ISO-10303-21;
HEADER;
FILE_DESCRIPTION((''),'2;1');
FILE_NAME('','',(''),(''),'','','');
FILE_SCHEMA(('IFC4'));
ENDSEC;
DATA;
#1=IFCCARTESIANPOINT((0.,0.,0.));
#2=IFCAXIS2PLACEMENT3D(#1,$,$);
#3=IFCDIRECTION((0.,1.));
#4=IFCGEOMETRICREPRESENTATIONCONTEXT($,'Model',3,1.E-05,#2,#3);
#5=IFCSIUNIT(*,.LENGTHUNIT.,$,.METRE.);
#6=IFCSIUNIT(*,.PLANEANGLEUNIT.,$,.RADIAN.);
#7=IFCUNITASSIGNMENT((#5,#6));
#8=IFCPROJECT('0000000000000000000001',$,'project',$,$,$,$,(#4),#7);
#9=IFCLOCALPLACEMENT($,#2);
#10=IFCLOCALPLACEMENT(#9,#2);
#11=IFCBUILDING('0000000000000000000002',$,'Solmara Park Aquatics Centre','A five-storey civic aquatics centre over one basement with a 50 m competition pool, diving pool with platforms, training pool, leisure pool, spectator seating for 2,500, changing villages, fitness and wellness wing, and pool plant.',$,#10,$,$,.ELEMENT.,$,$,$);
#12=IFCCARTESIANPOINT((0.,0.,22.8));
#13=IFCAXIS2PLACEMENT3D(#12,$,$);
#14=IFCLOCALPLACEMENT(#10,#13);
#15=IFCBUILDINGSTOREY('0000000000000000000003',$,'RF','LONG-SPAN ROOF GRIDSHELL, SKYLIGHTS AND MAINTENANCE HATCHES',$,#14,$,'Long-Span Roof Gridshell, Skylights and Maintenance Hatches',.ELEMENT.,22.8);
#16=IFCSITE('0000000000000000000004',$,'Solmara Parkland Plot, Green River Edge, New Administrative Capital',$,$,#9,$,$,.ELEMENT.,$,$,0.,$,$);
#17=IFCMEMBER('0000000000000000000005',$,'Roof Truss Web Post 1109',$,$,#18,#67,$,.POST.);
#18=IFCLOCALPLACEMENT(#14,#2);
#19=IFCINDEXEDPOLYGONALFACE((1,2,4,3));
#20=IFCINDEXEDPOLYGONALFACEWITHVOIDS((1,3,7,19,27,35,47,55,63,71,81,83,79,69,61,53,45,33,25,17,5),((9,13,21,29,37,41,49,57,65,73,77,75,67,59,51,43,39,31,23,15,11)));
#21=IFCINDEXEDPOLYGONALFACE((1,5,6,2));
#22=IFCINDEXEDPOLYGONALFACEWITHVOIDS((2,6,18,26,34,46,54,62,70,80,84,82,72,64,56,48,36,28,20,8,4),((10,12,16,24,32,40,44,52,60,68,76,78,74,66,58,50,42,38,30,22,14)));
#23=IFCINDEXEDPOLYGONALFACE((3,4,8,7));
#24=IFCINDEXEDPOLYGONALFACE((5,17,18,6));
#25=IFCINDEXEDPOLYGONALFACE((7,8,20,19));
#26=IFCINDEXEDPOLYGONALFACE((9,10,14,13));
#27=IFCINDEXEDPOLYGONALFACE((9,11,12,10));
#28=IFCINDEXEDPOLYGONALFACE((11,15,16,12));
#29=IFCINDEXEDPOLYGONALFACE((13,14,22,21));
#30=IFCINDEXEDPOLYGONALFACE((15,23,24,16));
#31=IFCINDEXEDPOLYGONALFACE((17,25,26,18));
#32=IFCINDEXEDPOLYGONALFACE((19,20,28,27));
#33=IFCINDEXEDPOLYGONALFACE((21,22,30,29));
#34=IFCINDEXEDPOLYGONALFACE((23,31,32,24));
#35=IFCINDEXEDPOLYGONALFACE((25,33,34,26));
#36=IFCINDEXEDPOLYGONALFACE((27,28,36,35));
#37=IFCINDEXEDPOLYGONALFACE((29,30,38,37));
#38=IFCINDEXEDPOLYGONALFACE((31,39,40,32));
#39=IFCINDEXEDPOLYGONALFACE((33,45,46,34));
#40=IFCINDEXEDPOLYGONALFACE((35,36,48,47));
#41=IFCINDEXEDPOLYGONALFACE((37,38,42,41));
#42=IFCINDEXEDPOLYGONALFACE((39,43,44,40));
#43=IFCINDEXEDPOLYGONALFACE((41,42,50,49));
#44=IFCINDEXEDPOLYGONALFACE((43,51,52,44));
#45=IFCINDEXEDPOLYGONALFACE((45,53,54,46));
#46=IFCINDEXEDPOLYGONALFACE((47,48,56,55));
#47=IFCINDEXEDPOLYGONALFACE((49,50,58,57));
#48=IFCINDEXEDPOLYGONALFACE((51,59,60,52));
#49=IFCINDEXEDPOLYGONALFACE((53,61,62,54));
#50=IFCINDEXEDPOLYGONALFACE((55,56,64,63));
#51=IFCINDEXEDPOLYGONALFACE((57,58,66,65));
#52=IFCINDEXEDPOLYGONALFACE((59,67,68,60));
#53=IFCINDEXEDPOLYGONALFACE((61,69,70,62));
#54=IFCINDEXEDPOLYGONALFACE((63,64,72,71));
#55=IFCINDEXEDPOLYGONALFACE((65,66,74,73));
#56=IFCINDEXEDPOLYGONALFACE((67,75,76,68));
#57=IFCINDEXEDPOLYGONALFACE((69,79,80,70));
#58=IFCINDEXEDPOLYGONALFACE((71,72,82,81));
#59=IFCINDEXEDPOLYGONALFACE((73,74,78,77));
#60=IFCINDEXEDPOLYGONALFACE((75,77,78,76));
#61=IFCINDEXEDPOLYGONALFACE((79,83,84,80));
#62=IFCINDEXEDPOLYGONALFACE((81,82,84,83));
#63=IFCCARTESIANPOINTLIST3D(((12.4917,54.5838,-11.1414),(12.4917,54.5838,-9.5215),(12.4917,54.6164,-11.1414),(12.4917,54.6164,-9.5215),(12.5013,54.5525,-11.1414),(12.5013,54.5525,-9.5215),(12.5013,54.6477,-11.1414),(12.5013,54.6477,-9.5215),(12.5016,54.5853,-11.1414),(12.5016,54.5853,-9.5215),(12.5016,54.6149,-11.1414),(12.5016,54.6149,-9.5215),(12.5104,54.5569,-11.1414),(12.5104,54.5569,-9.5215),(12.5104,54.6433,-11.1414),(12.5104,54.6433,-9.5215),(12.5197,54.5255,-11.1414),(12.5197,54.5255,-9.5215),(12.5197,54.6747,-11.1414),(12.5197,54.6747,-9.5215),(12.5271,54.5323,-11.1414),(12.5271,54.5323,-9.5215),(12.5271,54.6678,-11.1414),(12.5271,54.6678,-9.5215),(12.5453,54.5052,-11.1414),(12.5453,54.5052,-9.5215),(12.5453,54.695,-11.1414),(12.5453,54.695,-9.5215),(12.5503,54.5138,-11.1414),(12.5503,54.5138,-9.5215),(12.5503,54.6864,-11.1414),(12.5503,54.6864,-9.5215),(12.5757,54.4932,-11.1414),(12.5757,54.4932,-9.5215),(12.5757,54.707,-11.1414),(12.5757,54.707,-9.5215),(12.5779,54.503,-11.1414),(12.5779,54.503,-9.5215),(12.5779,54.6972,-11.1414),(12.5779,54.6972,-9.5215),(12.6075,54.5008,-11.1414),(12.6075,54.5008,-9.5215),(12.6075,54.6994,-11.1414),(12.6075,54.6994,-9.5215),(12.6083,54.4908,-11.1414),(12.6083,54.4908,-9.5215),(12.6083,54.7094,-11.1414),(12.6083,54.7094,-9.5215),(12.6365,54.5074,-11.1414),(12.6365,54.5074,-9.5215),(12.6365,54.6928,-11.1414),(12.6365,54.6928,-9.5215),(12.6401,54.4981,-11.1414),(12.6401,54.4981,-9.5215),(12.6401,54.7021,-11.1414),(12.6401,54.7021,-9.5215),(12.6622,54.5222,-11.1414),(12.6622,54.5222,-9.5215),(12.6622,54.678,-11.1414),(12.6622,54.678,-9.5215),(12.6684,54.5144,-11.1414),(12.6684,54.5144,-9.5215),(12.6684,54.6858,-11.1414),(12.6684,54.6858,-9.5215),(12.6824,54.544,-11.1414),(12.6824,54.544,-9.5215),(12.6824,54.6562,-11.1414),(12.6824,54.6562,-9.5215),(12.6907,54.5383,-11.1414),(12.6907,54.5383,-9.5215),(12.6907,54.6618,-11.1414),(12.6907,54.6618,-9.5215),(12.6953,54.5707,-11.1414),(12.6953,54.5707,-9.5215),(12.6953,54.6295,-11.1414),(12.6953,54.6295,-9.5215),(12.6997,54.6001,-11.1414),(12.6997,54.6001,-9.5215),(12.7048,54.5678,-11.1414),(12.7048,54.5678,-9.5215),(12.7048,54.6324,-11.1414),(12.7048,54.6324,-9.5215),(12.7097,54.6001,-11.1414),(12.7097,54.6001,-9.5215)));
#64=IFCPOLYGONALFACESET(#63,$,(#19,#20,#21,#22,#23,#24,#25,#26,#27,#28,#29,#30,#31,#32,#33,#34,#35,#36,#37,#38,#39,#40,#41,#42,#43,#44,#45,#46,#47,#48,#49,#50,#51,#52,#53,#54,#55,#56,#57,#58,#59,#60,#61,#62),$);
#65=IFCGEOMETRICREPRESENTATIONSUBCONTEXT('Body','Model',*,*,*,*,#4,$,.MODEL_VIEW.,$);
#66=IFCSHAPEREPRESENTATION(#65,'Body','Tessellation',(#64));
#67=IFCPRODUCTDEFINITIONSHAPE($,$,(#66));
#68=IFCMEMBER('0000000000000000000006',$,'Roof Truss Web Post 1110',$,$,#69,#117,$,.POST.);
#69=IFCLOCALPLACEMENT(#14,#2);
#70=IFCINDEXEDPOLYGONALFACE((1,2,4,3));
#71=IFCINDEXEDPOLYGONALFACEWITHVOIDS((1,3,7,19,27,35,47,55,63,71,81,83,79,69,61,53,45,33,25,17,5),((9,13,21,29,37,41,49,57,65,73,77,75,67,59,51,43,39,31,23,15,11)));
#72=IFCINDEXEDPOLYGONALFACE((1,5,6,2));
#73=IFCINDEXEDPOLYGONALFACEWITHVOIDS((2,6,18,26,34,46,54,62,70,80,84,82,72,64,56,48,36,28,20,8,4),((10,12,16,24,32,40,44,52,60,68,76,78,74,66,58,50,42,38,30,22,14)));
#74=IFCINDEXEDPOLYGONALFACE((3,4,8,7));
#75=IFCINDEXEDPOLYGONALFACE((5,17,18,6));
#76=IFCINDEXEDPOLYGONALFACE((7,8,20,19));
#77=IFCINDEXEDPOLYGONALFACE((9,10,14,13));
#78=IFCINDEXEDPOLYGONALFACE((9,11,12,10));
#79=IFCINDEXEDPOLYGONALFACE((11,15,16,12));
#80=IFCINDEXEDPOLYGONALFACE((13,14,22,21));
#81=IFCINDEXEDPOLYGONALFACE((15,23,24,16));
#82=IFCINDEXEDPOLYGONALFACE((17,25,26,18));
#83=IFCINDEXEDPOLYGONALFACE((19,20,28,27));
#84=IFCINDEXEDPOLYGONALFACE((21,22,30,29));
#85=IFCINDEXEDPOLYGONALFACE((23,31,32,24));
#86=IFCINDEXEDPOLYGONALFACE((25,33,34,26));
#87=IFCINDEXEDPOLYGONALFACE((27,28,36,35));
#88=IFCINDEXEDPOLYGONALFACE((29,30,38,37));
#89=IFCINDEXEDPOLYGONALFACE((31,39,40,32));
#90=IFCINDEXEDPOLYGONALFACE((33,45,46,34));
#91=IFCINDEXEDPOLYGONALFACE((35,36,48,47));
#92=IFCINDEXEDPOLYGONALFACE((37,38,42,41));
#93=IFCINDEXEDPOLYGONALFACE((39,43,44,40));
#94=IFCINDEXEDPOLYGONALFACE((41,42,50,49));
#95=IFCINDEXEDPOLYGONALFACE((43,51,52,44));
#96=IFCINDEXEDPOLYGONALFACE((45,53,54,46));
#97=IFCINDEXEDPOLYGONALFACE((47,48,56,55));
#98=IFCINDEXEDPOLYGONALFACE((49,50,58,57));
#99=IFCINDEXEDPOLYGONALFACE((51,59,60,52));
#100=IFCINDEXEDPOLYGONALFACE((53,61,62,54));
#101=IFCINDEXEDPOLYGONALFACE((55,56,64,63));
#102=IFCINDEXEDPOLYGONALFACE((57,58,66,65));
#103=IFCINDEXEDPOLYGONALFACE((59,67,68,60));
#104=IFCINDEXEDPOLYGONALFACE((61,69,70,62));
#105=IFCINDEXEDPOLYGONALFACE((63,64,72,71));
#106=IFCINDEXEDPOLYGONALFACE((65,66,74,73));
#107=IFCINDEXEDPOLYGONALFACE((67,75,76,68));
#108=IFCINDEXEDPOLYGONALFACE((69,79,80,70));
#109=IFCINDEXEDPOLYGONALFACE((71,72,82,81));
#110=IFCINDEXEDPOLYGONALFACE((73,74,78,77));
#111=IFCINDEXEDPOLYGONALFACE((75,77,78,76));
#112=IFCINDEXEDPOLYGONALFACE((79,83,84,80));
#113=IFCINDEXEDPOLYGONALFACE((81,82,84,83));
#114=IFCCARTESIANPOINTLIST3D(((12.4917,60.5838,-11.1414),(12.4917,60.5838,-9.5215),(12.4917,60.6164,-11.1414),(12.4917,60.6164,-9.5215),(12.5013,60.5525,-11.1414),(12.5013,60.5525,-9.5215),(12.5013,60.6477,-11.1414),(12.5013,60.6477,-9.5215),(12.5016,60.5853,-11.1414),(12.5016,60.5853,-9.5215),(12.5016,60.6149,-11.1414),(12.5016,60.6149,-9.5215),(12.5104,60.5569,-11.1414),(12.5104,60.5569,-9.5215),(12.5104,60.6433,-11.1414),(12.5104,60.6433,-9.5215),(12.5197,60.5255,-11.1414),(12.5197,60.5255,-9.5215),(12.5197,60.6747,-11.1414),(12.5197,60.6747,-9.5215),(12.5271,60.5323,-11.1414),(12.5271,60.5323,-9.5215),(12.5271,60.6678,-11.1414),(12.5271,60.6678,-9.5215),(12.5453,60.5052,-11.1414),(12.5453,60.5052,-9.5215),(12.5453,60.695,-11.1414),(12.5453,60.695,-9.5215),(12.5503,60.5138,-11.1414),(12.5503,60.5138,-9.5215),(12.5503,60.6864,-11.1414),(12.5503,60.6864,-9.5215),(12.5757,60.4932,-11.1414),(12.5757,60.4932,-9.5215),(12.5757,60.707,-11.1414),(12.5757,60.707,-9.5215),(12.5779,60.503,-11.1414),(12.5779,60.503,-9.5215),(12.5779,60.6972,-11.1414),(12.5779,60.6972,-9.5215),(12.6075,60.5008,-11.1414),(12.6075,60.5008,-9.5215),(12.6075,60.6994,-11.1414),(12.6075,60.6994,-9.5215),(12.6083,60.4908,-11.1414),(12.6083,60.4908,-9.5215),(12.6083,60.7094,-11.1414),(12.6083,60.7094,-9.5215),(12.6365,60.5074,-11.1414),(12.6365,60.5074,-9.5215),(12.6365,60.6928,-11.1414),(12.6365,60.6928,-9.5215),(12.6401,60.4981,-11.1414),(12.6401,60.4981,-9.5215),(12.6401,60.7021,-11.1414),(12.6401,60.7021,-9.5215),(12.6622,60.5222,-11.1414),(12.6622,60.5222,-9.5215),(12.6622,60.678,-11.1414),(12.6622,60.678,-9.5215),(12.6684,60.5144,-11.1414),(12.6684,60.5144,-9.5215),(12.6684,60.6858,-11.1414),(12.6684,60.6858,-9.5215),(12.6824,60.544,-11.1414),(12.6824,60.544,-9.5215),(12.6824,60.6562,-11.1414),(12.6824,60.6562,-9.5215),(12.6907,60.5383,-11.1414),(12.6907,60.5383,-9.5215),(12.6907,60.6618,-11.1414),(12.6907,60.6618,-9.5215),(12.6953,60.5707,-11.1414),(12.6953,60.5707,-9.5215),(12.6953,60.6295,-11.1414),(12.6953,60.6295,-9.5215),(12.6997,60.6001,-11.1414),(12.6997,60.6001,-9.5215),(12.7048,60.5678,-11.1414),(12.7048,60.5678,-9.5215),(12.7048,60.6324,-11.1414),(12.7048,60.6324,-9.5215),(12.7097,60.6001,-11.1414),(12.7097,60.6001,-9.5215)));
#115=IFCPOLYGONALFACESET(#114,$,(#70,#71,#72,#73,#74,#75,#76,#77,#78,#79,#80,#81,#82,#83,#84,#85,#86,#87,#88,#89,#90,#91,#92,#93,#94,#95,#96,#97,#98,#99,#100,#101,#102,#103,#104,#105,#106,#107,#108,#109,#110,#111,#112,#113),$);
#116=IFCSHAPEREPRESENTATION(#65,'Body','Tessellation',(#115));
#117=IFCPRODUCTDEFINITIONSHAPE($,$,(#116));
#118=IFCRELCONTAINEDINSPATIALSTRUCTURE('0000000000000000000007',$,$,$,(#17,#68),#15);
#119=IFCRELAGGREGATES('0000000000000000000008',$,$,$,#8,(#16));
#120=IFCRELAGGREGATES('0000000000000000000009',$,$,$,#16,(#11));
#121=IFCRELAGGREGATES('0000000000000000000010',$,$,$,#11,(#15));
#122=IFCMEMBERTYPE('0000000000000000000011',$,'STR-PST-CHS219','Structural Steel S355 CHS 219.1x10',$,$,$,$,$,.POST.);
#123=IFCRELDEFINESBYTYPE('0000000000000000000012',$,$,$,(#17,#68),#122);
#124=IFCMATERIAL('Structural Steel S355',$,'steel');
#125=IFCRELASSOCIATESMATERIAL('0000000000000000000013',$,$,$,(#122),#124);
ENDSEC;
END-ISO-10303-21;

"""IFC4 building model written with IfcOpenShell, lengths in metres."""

from ifc_helpers import new_model, si_unit, direction, frame, origin, origin_2d, place, context, subcontext, project, spatial, hollow_circle, extrude, material, material_profile, profile_set, type_object, element, save


model = new_model("IFC4")

# Units and contexts
model_context = context("Model", 3, precision=1e-05, world=origin(), true_north=direction((0.0, 1.0)))
body_context = subcontext(model_context, "Body", "Model", "MODEL_VIEW")
ifc_project = project(units=[si_unit("LENGTHUNIT", "METRE"), si_unit("PLANEANGLEUNIT", "RADIAN")], contexts=[model_context])

# Site, building, storey
site_placement = place(None, origin())
site = spatial("IfcSite", under=ifc_project, at=site_placement, Name="Solmara Parkland Plot, Green River Edge, New Administrative Capital", CompositionType="ELEMENT", RefElevation=0.0)
building_placement = place(site_placement, origin())
building = spatial("IfcBuilding", under=site, at=building_placement, Name="Solmara Park Aquatics Centre", Description="A five-storey civic aquatics centre over one basement with a 50 m competition pool, diving pool with platforms, training pool, leisure pool, spectator seating for 2,500, changing villages, fitness and wellness wing, and pool plant.", CompositionType="ELEMENT")
storey_placement = place(building_placement, frame((0.0, 0.0, 22.8)))
storey = spatial("IfcBuildingStorey", under=building, at=storey_placement, Name="RF", Description="LONG-SPAN ROOF GRIDSHELL, SKYLIGHTS AND MAINTENANCE HATCHES", LongName="Long-Span Roof Gridshell, Skylights and Maintenance Hatches", CompositionType="ELEMENT", Elevation=22.8)

# Members
ifc_material_1 = material(Name="Structural Steel S355", Category="steel")
ifc_material_profile_1 = material_profile(ifc_material_1, hollow_circle(Radius=0.1096, WallThickness=0.01, at=origin_2d()), Name="CHS 219.1x10")
ifc_profile_set_1 = profile_set([ifc_material_profile_1], Name="Structural Steel S355")
member_type_1 = type_object("IfcMemberType", Name="STR-PST-CHS219", Description="Structural Steel S355 CHS 219.1x10", PredefinedType="POST", material=ifc_profile_set_1)
for number, where, z_axis, x_axis, name in (
    (1, (12.6001, 54.6001, -11.1414), (0.0, 0.0, 1.0), (1.0, 0.0, 0.0), "Roof Truss Web Post 1109"),
    (2, (12.6001, 60.6001, -11.1414), (0.0, 0.0, 1.0), (1.0, 0.0, 0.0), "Roof Truss Web Post 1110"),
):
    element("IfcMember", number, at=place(storey_placement, frame(where, z_axis=z_axis, x_axis=x_axis)), inside=storey, type_object=member_type_1, Name=name, PredefinedType="POST", context=body_context, shape_type="SweptSolid", body=[
        extrude(hollow_circle(Radius=0.1096, WallThickness=0.01, at=origin_2d()), origin(), (0.0, 0.0, 1.0), 1.6199),
    ])

save(model, "model.ifc")
